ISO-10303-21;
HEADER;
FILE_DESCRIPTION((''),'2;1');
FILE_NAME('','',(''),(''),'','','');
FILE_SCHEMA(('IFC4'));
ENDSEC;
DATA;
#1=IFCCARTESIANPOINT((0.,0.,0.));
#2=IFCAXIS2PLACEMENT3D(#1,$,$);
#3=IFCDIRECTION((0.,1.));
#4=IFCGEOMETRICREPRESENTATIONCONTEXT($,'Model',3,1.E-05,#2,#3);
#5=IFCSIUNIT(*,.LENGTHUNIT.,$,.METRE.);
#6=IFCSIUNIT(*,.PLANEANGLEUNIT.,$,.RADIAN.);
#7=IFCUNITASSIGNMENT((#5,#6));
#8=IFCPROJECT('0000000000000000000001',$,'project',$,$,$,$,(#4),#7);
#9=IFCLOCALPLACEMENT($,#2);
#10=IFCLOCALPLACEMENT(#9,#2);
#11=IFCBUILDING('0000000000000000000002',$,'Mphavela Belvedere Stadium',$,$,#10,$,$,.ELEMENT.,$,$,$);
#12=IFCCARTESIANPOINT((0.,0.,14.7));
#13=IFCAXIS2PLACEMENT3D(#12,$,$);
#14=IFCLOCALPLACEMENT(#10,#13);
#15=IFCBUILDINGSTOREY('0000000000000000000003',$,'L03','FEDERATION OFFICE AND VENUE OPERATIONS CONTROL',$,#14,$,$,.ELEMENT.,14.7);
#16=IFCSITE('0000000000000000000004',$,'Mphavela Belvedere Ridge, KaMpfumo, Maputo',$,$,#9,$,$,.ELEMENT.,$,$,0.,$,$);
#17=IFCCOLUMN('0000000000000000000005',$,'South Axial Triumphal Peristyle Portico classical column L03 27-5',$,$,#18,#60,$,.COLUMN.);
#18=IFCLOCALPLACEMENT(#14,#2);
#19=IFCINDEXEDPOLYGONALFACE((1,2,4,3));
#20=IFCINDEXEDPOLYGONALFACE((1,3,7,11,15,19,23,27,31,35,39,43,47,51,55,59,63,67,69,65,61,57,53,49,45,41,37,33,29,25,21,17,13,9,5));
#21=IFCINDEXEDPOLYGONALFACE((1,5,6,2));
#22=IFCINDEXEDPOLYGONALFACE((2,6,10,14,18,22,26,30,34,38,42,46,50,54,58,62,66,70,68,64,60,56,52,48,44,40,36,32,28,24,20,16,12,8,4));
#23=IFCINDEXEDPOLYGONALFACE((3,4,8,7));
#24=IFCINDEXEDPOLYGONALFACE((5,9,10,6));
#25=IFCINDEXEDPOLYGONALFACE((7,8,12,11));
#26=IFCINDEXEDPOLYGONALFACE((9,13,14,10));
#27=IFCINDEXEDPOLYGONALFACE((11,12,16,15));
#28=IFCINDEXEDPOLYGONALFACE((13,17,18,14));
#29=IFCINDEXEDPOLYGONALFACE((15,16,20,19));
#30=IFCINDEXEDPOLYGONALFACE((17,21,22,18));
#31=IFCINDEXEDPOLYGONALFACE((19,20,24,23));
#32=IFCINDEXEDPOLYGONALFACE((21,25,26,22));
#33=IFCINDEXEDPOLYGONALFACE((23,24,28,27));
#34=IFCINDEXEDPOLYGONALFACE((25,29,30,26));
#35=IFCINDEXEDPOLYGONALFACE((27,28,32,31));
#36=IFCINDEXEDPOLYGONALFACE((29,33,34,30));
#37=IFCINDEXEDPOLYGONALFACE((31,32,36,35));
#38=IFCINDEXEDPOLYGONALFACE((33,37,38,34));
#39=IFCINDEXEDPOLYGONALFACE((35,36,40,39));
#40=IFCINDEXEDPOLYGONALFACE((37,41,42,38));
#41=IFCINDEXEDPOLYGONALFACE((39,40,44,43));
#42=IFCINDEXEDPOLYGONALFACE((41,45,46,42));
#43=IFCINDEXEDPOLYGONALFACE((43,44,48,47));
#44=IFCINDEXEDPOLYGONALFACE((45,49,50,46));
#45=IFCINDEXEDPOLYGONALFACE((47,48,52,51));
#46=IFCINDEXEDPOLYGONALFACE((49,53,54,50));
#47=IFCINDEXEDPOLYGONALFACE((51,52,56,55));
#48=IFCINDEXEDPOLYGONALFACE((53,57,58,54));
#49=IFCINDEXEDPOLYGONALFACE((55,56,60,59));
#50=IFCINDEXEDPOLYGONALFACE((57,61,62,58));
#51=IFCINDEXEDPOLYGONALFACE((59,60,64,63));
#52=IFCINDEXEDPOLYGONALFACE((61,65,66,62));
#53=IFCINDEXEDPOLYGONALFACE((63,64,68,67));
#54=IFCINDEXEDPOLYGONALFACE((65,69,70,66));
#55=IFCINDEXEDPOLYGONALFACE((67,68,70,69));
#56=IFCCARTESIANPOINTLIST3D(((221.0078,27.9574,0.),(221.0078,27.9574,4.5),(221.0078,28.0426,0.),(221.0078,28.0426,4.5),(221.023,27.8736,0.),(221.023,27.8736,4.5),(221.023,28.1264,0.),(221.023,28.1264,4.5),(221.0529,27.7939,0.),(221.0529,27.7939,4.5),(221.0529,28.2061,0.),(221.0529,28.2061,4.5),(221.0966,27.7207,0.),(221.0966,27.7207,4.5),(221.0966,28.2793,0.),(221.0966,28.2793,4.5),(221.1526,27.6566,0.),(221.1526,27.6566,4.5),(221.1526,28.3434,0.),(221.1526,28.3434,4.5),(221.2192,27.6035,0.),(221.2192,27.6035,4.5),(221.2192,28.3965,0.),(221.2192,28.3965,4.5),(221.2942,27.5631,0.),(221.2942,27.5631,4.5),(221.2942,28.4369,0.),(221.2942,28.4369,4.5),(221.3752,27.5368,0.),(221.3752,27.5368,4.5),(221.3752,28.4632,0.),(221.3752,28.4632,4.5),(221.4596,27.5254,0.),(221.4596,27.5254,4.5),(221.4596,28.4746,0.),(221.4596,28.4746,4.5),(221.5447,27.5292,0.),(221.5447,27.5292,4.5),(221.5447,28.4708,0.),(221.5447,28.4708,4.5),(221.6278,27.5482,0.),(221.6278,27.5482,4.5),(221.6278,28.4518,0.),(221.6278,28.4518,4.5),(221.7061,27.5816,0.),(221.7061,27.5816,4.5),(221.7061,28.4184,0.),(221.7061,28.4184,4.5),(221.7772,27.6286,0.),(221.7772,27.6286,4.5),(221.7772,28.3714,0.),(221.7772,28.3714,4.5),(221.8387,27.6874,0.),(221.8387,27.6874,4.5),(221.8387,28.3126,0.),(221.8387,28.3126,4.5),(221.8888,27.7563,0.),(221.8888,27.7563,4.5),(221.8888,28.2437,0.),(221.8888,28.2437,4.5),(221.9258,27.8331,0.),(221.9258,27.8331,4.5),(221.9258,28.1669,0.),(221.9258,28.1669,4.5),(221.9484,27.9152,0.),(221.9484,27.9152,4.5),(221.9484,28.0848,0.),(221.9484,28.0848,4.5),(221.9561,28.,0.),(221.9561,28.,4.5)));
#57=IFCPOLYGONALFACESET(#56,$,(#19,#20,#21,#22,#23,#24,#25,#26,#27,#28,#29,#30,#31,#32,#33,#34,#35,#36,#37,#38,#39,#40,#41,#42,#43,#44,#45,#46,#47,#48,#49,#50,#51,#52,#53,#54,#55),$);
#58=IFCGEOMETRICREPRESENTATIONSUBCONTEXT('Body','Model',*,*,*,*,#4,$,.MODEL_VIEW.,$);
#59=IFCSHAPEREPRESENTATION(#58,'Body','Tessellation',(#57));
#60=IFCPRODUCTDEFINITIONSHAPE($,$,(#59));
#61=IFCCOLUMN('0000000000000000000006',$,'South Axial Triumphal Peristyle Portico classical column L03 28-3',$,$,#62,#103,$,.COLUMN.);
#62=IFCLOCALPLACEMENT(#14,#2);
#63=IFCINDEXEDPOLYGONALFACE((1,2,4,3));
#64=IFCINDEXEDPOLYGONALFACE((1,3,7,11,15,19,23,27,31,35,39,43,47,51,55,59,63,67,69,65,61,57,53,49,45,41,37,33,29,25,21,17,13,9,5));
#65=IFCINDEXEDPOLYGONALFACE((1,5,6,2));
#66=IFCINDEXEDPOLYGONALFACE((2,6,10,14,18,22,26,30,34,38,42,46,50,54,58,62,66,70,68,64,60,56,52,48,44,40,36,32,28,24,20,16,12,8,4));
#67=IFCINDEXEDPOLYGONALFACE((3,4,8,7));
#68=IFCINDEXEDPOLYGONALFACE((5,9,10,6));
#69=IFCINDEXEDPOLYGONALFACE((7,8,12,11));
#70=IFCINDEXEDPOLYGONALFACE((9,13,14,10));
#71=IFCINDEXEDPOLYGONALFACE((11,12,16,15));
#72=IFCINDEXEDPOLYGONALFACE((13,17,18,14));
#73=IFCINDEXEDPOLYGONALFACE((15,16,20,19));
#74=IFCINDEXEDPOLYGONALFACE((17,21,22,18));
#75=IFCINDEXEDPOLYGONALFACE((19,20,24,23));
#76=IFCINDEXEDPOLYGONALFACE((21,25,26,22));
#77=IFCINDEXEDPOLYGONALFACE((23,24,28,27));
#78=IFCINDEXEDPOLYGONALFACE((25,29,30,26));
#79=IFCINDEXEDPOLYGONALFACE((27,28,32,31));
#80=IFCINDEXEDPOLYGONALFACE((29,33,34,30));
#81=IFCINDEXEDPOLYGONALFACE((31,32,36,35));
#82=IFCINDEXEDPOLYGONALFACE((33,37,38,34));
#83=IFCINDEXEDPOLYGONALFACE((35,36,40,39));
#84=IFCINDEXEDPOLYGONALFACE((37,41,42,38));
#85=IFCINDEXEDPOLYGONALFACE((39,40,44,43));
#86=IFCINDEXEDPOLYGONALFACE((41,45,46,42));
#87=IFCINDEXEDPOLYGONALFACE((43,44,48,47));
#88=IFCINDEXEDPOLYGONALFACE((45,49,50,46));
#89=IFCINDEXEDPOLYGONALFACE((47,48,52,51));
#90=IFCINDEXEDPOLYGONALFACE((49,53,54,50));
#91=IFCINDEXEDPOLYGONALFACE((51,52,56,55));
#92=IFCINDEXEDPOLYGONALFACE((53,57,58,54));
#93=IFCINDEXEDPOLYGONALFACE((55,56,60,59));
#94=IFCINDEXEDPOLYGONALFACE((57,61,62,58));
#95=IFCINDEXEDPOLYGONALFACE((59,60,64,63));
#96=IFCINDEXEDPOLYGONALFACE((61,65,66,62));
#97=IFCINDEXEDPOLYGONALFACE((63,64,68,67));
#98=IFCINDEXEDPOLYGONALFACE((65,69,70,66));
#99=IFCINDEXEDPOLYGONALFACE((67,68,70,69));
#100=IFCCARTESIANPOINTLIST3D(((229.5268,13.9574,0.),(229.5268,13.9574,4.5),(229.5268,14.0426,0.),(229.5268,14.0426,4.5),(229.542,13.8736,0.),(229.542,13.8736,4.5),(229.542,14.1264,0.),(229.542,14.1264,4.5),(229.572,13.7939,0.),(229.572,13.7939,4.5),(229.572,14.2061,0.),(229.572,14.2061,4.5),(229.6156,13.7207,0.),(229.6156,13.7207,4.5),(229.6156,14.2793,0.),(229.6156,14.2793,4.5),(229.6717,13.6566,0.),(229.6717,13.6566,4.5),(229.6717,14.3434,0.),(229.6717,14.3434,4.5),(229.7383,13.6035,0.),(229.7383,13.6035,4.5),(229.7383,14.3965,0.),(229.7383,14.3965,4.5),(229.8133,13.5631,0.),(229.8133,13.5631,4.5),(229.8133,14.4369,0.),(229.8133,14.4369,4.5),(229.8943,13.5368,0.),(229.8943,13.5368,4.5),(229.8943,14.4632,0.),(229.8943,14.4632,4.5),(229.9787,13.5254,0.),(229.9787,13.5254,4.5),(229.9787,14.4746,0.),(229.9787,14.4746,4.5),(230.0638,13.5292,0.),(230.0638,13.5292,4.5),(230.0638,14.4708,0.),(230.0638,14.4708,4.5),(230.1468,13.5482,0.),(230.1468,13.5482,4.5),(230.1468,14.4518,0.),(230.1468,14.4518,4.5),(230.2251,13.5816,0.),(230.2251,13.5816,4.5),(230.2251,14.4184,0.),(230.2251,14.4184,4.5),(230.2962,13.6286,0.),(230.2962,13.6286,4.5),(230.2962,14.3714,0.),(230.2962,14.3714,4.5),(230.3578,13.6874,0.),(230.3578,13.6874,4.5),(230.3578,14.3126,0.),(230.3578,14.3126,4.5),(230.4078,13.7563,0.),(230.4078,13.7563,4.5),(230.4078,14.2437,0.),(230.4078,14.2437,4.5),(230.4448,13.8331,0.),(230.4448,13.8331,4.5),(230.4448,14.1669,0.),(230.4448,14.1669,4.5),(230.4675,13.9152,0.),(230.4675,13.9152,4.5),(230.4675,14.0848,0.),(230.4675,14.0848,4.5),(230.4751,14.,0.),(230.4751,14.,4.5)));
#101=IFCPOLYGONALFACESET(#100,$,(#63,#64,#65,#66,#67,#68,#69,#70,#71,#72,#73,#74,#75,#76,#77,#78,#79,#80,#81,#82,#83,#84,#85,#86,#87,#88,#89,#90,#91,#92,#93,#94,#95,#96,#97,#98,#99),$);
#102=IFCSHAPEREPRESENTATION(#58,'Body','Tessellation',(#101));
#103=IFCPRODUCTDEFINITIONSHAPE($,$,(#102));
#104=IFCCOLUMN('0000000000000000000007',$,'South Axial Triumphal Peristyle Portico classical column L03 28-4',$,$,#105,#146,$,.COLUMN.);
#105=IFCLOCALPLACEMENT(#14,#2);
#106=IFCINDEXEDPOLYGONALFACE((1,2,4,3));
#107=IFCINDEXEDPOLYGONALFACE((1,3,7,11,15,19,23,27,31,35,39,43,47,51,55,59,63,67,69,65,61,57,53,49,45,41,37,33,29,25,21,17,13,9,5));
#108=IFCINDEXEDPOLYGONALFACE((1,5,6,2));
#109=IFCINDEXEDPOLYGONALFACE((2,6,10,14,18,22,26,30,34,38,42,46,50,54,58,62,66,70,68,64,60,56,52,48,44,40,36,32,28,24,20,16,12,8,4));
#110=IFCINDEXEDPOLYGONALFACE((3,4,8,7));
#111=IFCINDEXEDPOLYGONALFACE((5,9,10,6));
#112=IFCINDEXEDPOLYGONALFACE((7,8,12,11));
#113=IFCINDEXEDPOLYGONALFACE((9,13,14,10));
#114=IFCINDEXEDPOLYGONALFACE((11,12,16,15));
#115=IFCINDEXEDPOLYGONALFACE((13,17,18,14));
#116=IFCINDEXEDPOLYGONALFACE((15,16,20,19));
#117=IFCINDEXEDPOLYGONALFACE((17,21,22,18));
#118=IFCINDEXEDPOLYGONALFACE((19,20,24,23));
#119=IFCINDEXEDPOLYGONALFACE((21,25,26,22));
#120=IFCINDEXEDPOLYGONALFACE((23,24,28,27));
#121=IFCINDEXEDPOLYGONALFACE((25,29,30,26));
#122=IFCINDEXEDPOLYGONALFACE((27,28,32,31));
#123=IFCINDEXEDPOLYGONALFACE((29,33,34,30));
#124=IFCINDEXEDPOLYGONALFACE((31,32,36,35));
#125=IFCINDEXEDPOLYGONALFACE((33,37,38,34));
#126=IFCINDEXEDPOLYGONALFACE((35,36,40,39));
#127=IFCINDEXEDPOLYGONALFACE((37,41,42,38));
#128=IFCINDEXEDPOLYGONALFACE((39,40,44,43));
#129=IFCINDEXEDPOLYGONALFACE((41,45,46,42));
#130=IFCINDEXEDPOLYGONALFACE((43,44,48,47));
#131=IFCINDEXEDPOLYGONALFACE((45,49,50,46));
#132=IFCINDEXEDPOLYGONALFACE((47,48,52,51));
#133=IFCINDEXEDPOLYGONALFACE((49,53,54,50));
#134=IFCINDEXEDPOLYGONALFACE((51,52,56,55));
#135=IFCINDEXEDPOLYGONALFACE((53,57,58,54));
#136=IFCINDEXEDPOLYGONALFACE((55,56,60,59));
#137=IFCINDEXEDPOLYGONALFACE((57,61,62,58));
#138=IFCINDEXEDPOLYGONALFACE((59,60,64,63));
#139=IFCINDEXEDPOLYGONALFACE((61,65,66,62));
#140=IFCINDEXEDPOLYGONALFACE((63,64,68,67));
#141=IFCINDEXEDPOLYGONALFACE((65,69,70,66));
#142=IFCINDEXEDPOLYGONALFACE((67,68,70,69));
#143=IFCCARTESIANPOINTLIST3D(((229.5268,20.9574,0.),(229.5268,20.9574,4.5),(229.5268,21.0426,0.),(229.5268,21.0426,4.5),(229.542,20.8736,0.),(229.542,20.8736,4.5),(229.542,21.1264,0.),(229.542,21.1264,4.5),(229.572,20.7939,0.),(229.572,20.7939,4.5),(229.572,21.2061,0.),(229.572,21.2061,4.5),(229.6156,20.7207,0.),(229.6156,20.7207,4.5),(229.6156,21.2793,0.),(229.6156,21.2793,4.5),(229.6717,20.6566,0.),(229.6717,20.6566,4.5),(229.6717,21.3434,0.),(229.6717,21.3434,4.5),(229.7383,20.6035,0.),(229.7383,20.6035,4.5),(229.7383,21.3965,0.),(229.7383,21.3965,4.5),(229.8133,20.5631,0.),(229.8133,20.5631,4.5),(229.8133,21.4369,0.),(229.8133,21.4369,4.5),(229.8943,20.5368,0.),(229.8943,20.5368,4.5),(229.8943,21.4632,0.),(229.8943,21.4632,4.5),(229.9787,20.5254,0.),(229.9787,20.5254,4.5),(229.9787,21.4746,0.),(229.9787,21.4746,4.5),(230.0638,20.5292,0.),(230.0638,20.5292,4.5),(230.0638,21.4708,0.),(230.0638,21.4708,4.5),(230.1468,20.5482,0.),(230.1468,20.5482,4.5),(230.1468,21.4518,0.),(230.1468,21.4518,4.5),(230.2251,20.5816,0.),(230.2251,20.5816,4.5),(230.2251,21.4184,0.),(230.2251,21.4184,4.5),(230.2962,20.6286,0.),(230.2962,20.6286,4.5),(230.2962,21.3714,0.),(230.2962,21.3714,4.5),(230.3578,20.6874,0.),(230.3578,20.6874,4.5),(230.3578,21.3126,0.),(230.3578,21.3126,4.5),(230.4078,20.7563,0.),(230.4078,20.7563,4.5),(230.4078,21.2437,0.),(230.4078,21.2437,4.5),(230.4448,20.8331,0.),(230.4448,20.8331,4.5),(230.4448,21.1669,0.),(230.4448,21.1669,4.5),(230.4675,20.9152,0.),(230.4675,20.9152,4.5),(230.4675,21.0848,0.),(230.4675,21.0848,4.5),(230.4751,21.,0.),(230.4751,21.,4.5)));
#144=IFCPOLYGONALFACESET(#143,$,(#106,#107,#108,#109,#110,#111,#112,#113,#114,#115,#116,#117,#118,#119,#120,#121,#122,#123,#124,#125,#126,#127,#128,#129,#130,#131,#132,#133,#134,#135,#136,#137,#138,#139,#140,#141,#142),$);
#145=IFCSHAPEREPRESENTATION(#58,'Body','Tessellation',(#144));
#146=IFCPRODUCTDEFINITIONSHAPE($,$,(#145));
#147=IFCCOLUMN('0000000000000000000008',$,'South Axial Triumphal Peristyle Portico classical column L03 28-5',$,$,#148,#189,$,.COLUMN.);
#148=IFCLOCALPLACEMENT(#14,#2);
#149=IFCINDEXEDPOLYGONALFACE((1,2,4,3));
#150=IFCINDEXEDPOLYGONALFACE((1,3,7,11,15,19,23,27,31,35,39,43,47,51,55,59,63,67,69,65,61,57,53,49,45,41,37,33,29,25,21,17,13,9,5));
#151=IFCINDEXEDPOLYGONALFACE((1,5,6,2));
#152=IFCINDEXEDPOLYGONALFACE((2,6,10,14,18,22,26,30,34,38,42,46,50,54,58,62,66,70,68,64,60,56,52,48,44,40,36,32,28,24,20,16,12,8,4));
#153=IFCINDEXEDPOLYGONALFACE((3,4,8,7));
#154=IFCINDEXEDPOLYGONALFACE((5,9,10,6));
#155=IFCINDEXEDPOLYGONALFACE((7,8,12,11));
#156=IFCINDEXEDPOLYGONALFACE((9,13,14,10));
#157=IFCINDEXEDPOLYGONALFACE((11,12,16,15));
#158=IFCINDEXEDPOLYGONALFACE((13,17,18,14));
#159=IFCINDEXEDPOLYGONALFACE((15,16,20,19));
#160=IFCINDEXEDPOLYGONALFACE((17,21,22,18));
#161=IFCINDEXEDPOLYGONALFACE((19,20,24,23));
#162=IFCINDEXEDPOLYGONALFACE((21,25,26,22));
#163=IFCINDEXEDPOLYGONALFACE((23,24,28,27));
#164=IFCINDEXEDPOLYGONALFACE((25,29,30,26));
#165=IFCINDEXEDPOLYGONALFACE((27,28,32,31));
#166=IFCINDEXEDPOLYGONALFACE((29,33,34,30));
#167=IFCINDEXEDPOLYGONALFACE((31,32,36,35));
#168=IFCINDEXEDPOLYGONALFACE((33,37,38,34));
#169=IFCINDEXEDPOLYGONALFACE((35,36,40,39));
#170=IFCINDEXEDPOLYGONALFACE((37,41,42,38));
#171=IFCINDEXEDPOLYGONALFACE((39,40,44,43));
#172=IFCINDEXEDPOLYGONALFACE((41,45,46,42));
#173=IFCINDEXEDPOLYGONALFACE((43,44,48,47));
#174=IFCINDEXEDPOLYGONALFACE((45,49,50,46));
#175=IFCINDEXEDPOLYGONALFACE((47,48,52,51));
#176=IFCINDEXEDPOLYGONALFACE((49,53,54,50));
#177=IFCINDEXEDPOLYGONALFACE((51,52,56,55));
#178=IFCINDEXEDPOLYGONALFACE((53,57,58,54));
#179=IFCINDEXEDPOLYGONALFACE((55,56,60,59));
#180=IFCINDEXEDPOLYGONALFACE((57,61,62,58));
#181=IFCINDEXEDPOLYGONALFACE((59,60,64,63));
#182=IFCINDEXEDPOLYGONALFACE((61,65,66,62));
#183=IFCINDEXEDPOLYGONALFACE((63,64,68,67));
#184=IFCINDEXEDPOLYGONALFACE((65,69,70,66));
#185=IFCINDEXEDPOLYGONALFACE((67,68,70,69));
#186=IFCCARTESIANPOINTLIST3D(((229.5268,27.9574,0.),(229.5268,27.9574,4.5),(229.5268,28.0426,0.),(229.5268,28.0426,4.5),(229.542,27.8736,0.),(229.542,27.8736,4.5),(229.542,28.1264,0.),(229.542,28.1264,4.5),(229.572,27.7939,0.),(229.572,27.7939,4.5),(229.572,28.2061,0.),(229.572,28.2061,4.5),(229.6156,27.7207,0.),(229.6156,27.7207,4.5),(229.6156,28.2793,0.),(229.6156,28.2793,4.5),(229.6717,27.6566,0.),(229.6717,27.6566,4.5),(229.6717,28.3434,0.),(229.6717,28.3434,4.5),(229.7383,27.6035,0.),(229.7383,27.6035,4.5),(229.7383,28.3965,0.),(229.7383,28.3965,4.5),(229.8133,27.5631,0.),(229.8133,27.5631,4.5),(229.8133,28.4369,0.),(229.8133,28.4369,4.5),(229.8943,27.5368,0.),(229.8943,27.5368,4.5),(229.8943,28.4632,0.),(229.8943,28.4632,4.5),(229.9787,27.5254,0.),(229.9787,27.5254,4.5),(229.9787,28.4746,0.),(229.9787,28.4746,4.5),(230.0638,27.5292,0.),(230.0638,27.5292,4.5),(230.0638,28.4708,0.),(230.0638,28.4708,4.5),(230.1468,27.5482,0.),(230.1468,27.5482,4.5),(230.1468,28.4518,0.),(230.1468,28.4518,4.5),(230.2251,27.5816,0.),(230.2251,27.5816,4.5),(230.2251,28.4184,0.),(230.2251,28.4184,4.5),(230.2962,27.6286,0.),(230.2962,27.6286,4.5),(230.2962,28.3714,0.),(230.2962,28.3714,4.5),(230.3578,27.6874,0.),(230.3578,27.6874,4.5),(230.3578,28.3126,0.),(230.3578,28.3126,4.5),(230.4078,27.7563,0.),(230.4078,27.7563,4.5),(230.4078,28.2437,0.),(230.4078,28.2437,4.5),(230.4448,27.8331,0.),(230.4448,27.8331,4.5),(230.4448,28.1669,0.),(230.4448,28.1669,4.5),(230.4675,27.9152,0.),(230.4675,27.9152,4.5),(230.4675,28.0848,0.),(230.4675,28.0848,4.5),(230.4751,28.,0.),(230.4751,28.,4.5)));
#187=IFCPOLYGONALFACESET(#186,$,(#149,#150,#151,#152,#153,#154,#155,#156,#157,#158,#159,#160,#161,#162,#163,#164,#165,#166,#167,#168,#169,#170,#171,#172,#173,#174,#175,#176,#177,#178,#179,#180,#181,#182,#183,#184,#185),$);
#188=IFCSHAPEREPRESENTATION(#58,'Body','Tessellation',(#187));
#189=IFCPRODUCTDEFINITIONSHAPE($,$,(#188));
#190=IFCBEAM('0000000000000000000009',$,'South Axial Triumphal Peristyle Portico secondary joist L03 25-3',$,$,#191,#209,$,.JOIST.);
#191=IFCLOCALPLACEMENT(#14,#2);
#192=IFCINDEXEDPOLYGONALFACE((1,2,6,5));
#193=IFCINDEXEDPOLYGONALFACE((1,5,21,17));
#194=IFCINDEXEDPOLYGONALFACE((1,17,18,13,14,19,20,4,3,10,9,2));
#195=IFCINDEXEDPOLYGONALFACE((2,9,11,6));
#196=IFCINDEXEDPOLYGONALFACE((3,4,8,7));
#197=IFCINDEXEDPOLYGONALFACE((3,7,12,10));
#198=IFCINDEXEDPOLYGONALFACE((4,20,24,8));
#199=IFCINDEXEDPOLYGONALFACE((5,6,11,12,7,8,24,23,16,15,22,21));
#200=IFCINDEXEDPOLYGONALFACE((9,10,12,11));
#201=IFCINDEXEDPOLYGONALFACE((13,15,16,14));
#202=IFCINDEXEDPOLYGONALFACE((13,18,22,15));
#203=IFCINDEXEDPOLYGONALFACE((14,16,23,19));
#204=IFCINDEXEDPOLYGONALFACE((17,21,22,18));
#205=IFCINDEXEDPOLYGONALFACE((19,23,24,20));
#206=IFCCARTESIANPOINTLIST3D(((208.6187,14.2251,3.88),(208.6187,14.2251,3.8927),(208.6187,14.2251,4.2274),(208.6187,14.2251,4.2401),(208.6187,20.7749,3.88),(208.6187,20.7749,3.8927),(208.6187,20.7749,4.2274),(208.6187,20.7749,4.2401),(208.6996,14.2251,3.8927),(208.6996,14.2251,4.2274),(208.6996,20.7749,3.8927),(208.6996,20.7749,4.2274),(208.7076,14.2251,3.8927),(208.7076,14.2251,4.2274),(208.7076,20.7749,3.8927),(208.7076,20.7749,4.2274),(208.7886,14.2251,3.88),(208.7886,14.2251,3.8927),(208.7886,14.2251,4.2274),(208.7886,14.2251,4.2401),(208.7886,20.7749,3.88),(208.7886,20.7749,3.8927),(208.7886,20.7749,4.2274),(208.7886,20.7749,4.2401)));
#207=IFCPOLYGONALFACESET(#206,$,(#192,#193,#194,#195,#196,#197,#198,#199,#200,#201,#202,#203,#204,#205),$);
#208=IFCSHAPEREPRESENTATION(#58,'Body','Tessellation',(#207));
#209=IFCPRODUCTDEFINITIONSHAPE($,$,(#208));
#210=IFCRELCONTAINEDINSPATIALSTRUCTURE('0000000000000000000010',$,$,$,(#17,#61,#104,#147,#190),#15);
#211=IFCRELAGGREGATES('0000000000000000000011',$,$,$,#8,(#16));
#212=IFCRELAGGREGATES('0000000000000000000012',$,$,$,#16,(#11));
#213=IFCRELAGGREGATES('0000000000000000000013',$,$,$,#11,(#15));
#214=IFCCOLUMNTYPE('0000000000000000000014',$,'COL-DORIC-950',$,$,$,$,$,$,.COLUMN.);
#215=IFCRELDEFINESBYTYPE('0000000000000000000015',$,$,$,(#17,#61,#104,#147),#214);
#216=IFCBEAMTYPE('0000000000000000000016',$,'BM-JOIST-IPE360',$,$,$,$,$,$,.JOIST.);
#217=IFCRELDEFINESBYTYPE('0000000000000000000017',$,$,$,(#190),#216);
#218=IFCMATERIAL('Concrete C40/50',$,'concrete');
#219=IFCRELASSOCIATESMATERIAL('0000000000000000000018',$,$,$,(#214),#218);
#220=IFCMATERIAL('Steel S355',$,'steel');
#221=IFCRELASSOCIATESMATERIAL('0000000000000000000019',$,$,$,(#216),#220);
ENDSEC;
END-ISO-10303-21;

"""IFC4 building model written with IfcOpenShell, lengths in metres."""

from ifc_helpers import new_model, si_unit, direction, frame, origin, origin_2d, place, context, subcontext, project, spatial, circle, i_section, extrude, material, material_profile, profile_set, type_object, element, save


model = new_model("IFC4")

# Units and contexts
model_context = context("Model", 3, precision=1e-05, world=origin(), true_north=direction((0.0, 1.0)))
body_context = subcontext(model_context, "Body", "Model", "MODEL_VIEW")
ifc_project = project(units=[si_unit("LENGTHUNIT", "METRE"), si_unit("PLANEANGLEUNIT", "RADIAN")], contexts=[model_context])

# Site, building, storey
site_placement = place(None, origin())
site = spatial("IfcSite", under=ifc_project, at=site_placement, Name="Mphavela Belvedere Ridge, KaMpfumo, Maputo", CompositionType="ELEMENT", RefElevation=0.0)
building_placement = place(site_placement, origin())
building = spatial("IfcBuilding", under=site, at=building_placement, Name="Mphavela Belvedere Stadium", CompositionType="ELEMENT")
storey_placement = place(building_placement, frame((0.0, 0.0, 14.7)))
storey = spatial("IfcBuildingStorey", under=building, at=storey_placement, Name="L03", Description="FEDERATION OFFICE AND VENUE OPERATIONS CONTROL", CompositionType="ELEMENT", Elevation=14.7)

# Columns
ifc_material_1 = material(Name="Concrete C40/50", Category="concrete")
ifc_material_profile_1 = material_profile(ifc_material_1, circle(Radius=0.4751, at=origin_2d()), Name="COL D950")
ifc_profile_set_1 = profile_set([ifc_material_profile_1], Name="Concrete C40/50")
column_type = type_object("IfcColumnType", Name="COL-DORIC-950", PredefinedType="COLUMN", material=ifc_profile_set_1)
for number, where, z_axis, x_axis, name in (
    (1, (221.481, 28.0, 0.0), (0.0, 0.0, 1.0), (1.0, 0.0, 0.0), "South Axial Triumphal Peristyle Portico classical column L03 27-5"),
    (2, (230.0, 14.0, 0.0), (0.0, 0.0, 1.0), (1.0, 0.0, 0.0), "South Axial Triumphal Peristyle Portico classical column L03 28-3"),
    (3, (230.0, 21.0, 0.0), (0.0, 0.0, 1.0), (1.0, 0.0, 0.0), "South Axial Triumphal Peristyle Portico classical column L03 28-4"),
    (4, (230.0, 28.0, 0.0), (0.0, 0.0, 1.0), (1.0, 0.0, 0.0), "South Axial Triumphal Peristyle Portico classical column L03 28-5"),
):
    element("IfcColumn", number, at=place(storey_placement, frame(where, z_axis=z_axis, x_axis=x_axis)), inside=storey, type_object=column_type, Name=name, PredefinedType="COLUMN", context=body_context, shape_type="SweptSolid", body=[
        extrude(circle(Radius=0.4751, at=origin_2d()), origin(), (0.0, 0.0, 1.0), 4.5),
    ])

# Beam
ifc_material_2 = material(Name="Steel S355", Category="steel")
ifc_material_profile_2 = material_profile(ifc_material_2, i_section(OverallWidth=0.1699, OverallDepth=0.3601, WebThickness=0.0081, FlangeThickness=0.0127, at=origin_2d()), Name="IPE 360")
ifc_profile_set_2 = profile_set([ifc_material_profile_2], Name="Steel S355")
beam_type_1 = type_object("IfcBeamType", Name="BM-JOIST-IPE360", PredefinedType="JOIST", material=ifc_profile_set_2)
for number, where, z_axis, x_axis, name in (
    (5, (208.7036, 14.2251, 4.0601), (0.0, 1.0, 0.0), (-1.0, 0.0, 0.0), "South Axial Triumphal Peristyle Portico secondary joist L03 25-3"),
):
    element("IfcBeam", number, at=place(storey_placement, frame(where, z_axis=z_axis, x_axis=x_axis)), inside=storey, type_object=beam_type_1, Name=name, PredefinedType="JOIST", context=body_context, shape_type="SweptSolid", body=[
        extrude(i_section(OverallWidth=0.1699, OverallDepth=0.3601, WebThickness=0.0081, FlangeThickness=0.0127, at=origin_2d()), origin(), (0.0, 0.0, 1.0), 6.5498),
    ])

save(model, "model.ifc")
